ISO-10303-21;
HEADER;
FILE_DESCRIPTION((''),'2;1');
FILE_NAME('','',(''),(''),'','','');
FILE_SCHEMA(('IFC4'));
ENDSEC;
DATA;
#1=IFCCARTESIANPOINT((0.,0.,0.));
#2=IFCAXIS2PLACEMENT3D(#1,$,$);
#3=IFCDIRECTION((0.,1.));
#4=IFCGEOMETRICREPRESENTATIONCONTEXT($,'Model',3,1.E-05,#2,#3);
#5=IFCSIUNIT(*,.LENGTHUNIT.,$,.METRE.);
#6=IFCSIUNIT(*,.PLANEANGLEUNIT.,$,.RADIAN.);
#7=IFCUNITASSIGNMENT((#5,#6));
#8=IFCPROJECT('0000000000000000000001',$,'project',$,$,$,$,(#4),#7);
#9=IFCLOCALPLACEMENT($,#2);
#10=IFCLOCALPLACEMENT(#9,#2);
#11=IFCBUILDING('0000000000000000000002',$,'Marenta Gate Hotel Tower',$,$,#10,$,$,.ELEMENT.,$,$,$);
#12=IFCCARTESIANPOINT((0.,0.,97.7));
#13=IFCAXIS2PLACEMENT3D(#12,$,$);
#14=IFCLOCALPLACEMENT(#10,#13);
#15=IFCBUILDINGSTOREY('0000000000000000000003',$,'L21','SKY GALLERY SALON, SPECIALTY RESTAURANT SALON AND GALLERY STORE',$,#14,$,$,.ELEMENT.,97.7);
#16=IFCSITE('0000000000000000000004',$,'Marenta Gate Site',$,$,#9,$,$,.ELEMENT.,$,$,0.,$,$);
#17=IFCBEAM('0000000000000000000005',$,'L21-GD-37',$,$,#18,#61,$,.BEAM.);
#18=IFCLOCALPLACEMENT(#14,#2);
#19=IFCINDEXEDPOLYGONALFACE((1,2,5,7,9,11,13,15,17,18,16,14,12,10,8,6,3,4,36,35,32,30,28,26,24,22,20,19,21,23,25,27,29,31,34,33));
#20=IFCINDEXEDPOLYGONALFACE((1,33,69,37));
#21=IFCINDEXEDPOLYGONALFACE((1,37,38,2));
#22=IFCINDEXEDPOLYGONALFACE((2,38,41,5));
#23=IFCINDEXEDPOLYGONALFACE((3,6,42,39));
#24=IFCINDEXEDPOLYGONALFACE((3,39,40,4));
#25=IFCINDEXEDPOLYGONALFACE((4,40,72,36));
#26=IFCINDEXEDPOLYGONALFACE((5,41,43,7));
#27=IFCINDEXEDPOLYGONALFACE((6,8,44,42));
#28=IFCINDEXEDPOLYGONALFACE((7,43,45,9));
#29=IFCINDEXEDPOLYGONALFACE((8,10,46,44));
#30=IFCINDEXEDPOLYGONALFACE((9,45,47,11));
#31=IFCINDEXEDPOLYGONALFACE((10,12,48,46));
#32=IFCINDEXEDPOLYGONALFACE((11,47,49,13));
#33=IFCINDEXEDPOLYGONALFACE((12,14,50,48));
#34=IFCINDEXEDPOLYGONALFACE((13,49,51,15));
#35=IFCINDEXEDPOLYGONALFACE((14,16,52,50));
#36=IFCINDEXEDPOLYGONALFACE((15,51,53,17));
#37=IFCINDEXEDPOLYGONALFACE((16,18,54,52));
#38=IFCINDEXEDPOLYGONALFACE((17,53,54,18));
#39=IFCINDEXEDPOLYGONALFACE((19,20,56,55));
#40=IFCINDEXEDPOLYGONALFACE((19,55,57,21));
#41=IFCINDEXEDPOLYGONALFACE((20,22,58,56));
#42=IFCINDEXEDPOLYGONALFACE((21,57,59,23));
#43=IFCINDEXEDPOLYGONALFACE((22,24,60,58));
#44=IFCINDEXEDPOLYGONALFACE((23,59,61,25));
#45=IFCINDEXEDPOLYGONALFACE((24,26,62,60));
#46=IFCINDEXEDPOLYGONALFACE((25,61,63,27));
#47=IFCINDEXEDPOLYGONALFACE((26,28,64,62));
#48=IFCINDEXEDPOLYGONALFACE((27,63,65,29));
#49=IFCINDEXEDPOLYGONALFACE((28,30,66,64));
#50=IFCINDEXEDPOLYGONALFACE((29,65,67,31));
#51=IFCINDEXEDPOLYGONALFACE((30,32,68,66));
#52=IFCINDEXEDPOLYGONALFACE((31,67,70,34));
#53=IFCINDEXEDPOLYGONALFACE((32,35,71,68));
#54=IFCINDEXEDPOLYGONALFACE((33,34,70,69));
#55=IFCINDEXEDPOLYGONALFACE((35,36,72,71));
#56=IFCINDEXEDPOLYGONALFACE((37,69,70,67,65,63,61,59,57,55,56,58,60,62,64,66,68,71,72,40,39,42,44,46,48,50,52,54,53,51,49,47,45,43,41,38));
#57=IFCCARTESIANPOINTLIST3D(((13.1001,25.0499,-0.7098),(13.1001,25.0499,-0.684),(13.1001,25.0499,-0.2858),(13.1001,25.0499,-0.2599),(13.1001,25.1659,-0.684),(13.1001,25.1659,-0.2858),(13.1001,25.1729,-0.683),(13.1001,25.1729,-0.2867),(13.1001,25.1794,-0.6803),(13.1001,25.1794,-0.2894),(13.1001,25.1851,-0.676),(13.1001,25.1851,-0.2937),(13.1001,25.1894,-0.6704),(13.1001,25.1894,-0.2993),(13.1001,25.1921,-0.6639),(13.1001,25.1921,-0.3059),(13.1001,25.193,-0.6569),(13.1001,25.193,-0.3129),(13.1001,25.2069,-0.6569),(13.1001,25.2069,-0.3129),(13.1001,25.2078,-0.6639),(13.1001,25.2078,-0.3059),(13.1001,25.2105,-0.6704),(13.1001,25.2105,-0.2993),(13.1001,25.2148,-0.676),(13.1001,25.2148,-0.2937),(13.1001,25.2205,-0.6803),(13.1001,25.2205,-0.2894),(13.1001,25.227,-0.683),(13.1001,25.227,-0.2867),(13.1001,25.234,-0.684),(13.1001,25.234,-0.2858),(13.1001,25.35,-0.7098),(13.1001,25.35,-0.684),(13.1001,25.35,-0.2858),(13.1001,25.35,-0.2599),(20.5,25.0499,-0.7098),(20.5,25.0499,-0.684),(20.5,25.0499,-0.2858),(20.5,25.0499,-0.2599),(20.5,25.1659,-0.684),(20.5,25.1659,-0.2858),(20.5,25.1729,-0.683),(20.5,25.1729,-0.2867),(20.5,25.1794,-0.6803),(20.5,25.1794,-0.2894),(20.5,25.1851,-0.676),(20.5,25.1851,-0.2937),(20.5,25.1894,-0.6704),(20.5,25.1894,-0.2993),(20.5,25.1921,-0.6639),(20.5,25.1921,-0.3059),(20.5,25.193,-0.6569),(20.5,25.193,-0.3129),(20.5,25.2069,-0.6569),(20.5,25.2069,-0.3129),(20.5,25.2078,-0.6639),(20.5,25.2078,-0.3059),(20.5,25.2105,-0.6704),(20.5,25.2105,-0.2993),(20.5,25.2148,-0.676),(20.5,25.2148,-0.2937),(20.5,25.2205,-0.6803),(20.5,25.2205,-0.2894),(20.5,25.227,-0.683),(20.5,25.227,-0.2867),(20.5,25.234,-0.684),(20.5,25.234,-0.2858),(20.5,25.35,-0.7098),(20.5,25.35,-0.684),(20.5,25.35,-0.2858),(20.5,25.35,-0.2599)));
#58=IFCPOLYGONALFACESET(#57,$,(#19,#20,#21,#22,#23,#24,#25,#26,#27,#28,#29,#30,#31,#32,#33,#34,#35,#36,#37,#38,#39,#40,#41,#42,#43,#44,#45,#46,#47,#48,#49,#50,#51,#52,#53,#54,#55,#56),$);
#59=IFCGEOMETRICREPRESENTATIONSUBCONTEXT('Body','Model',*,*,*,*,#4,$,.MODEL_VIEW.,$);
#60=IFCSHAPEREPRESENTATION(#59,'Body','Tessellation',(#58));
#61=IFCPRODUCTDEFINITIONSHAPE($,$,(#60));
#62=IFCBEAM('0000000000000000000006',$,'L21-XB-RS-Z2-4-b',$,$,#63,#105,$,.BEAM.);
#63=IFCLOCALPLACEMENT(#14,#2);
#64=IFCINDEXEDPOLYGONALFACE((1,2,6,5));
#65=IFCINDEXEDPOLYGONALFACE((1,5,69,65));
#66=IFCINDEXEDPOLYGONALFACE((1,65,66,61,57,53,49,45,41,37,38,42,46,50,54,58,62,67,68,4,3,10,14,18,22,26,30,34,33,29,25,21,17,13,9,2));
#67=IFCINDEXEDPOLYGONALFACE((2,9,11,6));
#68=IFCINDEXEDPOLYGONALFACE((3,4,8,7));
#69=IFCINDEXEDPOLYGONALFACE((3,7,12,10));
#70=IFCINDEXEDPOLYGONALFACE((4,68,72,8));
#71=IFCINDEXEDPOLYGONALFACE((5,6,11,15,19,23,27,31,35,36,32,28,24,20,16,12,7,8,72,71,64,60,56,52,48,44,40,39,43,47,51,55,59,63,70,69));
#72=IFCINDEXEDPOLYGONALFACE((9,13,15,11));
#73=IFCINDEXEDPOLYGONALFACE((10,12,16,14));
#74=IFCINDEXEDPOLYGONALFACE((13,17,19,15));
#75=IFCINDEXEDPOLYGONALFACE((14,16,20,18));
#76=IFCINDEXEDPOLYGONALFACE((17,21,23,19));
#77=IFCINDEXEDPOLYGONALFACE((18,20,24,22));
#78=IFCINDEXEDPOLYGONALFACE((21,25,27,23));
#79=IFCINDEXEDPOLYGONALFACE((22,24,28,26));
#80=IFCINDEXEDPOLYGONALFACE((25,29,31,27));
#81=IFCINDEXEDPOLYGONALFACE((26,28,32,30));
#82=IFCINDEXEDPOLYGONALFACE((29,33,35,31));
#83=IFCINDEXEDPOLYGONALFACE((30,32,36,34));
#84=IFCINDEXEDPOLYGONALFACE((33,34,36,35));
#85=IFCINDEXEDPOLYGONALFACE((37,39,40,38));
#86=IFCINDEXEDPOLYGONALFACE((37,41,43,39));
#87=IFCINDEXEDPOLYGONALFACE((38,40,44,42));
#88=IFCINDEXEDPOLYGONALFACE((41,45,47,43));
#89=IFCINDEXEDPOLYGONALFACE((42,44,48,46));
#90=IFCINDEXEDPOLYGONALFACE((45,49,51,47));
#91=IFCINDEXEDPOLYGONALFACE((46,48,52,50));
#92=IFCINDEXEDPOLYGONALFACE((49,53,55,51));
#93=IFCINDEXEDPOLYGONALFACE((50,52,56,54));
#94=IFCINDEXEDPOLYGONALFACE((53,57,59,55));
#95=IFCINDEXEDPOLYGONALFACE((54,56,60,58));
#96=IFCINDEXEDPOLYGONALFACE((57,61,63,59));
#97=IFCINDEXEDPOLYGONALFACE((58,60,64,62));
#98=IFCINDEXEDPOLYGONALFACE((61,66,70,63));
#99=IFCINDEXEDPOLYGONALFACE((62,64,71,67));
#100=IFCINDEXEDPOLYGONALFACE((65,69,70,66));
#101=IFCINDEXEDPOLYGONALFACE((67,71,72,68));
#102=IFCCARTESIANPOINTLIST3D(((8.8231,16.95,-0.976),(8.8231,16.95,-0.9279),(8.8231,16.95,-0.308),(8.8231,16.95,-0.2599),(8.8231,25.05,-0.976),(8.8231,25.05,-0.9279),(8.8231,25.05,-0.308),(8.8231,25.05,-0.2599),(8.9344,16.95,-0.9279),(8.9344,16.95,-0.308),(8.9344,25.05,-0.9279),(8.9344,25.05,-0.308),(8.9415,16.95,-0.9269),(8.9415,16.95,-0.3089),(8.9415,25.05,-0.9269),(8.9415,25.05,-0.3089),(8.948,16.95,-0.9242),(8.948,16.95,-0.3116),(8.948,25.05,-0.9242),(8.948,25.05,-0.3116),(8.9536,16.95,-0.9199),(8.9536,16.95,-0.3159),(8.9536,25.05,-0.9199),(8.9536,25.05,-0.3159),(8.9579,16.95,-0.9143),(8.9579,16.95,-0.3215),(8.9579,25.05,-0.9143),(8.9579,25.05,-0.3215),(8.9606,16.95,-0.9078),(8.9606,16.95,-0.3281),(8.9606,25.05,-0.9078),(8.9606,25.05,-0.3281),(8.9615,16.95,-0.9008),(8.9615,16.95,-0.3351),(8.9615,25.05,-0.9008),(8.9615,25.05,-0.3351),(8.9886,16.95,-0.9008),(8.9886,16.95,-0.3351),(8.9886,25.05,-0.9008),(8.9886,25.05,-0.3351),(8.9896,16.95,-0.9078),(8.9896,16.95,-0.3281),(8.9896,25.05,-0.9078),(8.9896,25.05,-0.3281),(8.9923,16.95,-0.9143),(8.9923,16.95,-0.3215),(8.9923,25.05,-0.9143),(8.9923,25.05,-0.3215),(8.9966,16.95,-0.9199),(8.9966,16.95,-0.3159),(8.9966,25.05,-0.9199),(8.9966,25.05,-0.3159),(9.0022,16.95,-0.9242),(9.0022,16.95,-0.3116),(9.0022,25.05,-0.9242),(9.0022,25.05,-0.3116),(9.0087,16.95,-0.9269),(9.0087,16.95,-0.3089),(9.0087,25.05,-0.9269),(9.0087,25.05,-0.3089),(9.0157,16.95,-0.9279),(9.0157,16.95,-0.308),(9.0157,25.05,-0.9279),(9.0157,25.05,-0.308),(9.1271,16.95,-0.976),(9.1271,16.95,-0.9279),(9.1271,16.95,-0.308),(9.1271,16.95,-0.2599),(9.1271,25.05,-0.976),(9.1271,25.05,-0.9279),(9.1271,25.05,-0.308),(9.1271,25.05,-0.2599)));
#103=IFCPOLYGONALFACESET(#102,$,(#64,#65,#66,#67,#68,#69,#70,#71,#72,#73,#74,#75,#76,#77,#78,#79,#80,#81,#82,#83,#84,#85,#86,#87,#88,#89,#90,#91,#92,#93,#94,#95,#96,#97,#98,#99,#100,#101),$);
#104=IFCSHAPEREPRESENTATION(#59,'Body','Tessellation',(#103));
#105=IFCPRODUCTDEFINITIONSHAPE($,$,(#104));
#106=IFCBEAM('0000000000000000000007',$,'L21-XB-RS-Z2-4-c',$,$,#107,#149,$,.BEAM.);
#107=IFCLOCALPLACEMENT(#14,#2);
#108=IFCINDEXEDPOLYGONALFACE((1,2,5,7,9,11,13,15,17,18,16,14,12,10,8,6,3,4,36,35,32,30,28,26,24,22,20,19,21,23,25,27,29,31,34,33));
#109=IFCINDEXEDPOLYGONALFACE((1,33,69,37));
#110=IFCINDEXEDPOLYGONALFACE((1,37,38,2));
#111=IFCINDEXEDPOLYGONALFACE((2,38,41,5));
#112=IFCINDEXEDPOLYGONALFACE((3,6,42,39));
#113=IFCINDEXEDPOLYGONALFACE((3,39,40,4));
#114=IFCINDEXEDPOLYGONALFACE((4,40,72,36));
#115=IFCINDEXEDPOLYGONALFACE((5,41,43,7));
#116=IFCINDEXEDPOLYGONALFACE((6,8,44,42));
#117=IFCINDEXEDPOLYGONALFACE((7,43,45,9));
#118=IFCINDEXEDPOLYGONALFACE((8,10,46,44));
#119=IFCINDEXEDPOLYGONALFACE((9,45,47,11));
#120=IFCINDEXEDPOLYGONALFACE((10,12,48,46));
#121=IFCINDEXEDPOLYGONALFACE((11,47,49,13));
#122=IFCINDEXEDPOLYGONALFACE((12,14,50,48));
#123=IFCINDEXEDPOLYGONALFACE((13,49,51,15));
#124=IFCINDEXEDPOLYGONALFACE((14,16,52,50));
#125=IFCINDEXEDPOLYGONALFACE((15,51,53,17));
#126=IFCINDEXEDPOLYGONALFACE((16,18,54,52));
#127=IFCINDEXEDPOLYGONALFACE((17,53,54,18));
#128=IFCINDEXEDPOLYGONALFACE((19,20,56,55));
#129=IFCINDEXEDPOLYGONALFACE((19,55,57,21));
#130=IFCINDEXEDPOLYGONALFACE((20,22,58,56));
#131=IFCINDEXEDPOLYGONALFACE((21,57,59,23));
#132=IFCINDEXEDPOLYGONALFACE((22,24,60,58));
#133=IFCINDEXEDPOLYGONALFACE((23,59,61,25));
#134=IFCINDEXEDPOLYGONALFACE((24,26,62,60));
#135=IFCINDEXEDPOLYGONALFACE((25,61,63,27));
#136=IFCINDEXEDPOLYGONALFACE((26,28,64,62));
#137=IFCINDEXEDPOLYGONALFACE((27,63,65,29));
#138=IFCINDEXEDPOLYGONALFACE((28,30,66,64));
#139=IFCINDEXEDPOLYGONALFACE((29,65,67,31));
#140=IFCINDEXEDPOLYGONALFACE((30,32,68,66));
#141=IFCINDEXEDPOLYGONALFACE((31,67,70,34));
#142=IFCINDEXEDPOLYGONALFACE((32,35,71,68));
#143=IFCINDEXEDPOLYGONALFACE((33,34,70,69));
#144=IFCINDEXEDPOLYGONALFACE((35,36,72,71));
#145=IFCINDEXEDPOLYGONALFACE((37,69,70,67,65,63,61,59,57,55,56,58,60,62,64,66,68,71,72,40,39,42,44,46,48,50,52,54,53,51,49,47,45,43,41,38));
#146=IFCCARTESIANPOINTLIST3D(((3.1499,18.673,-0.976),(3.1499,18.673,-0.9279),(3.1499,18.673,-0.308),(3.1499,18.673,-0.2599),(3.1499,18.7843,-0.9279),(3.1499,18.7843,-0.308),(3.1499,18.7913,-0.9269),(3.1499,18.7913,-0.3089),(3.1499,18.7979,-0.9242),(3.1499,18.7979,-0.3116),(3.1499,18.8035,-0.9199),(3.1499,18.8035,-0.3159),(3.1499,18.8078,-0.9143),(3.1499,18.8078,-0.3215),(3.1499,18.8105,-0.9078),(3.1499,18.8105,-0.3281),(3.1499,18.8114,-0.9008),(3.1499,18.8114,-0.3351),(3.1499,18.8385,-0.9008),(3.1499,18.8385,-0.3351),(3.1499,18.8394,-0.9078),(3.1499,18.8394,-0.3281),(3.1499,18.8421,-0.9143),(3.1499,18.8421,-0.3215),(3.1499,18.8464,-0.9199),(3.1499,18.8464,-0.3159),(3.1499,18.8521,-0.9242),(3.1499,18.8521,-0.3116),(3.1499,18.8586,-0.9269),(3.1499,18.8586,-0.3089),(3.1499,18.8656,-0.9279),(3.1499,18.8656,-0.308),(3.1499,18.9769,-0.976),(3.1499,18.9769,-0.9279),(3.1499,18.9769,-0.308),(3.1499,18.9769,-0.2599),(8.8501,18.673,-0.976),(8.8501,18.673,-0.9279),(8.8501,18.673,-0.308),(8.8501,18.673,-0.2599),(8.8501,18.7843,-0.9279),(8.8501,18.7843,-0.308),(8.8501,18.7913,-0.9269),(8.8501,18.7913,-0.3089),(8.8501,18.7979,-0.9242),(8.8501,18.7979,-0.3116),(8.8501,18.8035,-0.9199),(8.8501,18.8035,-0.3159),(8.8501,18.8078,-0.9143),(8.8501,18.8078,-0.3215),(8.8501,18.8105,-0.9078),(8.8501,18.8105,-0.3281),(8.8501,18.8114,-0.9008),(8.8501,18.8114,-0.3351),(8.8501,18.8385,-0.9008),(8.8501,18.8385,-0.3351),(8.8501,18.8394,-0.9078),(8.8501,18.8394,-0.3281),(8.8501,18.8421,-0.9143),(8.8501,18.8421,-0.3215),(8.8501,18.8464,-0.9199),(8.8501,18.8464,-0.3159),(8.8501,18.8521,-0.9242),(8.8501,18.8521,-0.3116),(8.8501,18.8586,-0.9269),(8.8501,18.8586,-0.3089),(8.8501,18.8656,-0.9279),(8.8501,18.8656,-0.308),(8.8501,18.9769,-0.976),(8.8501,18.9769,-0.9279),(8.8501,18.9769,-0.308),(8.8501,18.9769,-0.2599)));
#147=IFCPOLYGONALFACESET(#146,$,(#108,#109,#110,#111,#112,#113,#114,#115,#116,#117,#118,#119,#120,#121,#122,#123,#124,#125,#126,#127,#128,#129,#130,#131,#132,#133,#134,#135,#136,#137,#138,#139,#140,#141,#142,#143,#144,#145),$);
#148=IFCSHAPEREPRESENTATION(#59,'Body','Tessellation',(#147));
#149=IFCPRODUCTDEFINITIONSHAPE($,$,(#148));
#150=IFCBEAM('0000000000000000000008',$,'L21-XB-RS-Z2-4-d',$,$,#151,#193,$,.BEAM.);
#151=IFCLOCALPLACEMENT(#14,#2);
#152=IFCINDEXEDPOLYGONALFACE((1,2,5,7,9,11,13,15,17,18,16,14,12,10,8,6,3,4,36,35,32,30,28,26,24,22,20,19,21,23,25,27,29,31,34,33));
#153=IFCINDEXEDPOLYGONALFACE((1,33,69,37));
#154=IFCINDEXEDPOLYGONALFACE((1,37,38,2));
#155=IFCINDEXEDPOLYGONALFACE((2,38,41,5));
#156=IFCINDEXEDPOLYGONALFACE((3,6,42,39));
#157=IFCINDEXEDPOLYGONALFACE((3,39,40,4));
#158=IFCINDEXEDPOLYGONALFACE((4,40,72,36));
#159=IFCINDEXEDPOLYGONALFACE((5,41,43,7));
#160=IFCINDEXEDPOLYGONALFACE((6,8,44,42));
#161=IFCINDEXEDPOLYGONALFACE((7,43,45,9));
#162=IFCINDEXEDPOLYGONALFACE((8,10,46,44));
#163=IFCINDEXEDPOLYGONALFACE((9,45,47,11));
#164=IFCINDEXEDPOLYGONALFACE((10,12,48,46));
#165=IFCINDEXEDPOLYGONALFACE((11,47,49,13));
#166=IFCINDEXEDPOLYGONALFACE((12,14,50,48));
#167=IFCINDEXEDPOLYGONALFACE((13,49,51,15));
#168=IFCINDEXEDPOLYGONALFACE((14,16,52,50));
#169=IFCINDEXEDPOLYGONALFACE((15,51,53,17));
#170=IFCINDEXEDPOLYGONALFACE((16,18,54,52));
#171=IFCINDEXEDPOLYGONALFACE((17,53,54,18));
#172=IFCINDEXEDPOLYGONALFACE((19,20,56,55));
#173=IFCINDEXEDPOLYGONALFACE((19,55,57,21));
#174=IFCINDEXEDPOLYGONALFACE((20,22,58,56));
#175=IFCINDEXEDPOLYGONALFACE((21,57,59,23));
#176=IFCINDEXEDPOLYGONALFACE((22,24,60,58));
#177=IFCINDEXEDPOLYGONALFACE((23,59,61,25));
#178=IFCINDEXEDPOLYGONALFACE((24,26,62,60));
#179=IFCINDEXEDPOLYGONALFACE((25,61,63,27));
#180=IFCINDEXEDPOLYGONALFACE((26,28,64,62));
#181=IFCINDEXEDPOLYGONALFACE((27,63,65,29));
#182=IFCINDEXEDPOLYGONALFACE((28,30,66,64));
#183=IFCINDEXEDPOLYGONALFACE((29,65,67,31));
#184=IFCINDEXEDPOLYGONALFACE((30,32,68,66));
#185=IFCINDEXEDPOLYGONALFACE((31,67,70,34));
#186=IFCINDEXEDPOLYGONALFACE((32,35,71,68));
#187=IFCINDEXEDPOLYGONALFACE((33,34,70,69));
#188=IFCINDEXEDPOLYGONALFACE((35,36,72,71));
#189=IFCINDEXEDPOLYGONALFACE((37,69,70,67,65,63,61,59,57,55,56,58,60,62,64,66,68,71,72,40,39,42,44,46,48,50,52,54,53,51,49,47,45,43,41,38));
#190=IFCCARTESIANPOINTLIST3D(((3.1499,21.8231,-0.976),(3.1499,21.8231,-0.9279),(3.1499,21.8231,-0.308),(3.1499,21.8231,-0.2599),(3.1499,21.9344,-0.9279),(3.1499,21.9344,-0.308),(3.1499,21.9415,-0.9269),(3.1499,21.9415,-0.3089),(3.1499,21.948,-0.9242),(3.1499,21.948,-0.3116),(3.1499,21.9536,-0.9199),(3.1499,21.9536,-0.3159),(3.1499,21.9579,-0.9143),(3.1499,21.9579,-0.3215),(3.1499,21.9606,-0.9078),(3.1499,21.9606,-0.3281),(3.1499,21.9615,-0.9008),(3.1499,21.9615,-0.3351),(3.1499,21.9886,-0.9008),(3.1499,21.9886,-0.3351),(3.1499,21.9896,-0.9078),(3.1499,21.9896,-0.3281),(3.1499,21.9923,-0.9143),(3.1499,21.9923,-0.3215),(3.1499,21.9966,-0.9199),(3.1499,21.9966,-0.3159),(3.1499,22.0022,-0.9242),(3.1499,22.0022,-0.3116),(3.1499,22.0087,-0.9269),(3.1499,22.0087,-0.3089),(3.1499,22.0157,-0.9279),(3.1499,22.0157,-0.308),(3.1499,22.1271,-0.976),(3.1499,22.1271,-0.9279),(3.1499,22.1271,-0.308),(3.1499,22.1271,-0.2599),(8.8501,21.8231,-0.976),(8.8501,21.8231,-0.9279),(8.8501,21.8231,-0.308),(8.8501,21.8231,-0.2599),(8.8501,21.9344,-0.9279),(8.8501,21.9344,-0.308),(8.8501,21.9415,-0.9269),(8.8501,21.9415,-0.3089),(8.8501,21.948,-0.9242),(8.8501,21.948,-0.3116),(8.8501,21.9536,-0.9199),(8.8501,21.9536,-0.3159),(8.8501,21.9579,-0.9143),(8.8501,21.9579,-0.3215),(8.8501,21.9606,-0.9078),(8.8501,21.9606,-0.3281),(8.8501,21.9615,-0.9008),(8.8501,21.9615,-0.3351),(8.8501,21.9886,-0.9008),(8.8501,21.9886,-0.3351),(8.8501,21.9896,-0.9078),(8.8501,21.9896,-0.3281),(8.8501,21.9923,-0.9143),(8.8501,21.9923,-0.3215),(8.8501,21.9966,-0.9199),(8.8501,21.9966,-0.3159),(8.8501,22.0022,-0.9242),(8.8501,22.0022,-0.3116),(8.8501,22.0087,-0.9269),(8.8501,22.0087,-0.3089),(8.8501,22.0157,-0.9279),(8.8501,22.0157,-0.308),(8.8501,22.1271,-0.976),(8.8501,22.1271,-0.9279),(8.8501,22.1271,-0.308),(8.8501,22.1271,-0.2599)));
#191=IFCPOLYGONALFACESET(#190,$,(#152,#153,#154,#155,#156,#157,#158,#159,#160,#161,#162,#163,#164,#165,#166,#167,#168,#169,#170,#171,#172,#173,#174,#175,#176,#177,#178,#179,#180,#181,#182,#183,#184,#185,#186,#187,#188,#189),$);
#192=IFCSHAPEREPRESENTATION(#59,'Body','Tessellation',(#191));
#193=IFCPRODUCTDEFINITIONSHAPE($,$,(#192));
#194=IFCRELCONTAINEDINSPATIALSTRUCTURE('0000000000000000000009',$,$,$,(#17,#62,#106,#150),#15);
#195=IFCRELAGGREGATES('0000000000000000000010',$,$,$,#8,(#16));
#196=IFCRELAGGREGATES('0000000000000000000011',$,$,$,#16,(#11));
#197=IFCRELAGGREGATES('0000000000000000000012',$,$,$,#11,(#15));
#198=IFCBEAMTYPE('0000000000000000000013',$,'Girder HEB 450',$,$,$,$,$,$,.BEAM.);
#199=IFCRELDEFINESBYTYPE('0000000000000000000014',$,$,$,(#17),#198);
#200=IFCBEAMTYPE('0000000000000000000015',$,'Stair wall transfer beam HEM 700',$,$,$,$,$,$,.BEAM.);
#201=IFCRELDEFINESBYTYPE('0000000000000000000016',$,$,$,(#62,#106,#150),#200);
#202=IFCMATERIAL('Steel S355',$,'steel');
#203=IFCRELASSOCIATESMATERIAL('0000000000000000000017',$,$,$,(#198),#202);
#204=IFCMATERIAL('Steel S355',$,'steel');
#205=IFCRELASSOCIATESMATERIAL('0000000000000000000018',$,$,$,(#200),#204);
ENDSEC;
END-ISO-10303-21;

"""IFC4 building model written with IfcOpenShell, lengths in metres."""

from ifc_helpers import new_model, si_unit, direction, frame, origin, origin_2d, place, context, subcontext, project, spatial, i_section, extrude, material, material_profile, profile_set, type_object, element, save


model = new_model("IFC4")

# Units and contexts
model_context = context("Model", 3, precision=1e-05, world=origin(), true_north=direction((0.0, 1.0)))
body_context = subcontext(model_context, "Body", "Model", "MODEL_VIEW")
ifc_project = project(units=[si_unit("LENGTHUNIT", "METRE"), si_unit("PLANEANGLEUNIT", "RADIAN")], contexts=[model_context])

# Site, building, storey
site_placement = place(None, origin())
site = spatial("IfcSite", under=ifc_project, at=site_placement, Name="Marenta Gate Site", CompositionType="ELEMENT", RefElevation=0.0)
building_placement = place(site_placement, origin())
building = spatial("IfcBuilding", under=site, at=building_placement, Name="Marenta Gate Hotel Tower", CompositionType="ELEMENT")
storey_placement = place(building_placement, frame((0.0, 0.0, 97.7)))
storey = spatial("IfcBuildingStorey", under=building, at=storey_placement, Name="L21", Description="SKY GALLERY SALON, SPECIALTY RESTAURANT SALON AND GALLERY STORE", CompositionType="ELEMENT", Elevation=97.7)

# Beams
ifc_material_1 = material(Name="Steel S355", Category="steel")
ifc_material_profile_1 = material_profile(ifc_material_1, i_section(OverallWidth=0.3, OverallDepth=0.45, WebThickness=0.0139, FlangeThickness=0.0259, FilletRadius=0.0271, at=origin_2d()), Name="HEB 450")
ifc_profile_set_1 = profile_set([ifc_material_profile_1], Name="Steel S355")
beam_type_1 = type_object("IfcBeamType", Name="Girder HEB 450", PredefinedType="BEAM", material=ifc_profile_set_1)
beam_1_placement = place(storey_placement, frame((13.1001, 25.2, -0.4849), z_axis=(1.0, 0.0, 0.0), x_axis=(0.0, 1.0, 0.0)))
element("IfcBeam", 1, at=beam_1_placement, inside=storey, type_object=beam_type_1, Name="L21-GD-37", PredefinedType="BEAM", context=body_context, shape_type="SweptSolid", body=[
    extrude(i_section(OverallWidth=0.3, OverallDepth=0.45, WebThickness=0.0139, FlangeThickness=0.0259, FilletRadius=0.0271, at=origin_2d()), origin(), (0.0, 0.0, 1.0), 7.3999),
])
ifc_material_2 = material(Name="Steel S355", Category="steel")
ifc_material_profile_2 = material_profile(ifc_material_2, i_section(OverallWidth=0.304, OverallDepth=0.7161, WebThickness=0.0271, FlangeThickness=0.0481, FilletRadius=0.0271, at=origin_2d()), Name="HEM 700")
ifc_profile_set_2 = profile_set([ifc_material_profile_2], Name="Steel S355")
beam_type_2 = type_object("IfcBeamType", Name="Stair wall transfer beam HEM 700", PredefinedType="BEAM", material=ifc_profile_set_2)
beam_2_placement = place(storey_placement, frame((8.9751, 16.95, -0.6179), z_axis=(0.0, 1.0, 0.0), x_axis=(-1.0, 0.0, 0.0)))
element("IfcBeam", 2, at=beam_2_placement, inside=storey, type_object=beam_type_2, Name="L21-XB-RS-Z2-4-b", PredefinedType="BEAM", context=body_context, shape_type="SweptSolid", body=[
    extrude(i_section(OverallWidth=0.304, OverallDepth=0.7161, WebThickness=0.0271, FlangeThickness=0.0481, FilletRadius=0.0271, at=origin_2d()), origin(), (0.0, 0.0, 1.0), 8.1001),
])
for number, where, z_axis, x_axis, name in (
    (3, (3.1499, 18.825, -0.6179), (1.0, 0.0, 0.0), (0.0, 1.0, 0.0), "L21-XB-RS-Z2-4-c"),
    (4, (3.1499, 21.9751, -0.6179), (1.0, 0.0, 0.0), (0.0, 1.0, 0.0), "L21-XB-RS-Z2-4-d"),
):
    element("IfcBeam", number, at=place(storey_placement, frame(where, z_axis=z_axis, x_axis=x_axis)), inside=storey, type_object=beam_type_2, Name=name, PredefinedType="BEAM", context=body_context, shape_type="SweptSolid", body=[
        extrude(i_section(OverallWidth=0.304, OverallDepth=0.7161, WebThickness=0.0271, FlangeThickness=0.0481, FilletRadius=0.0271, at=origin_2d()), origin(), (0.0, 0.0, 1.0), 5.7002),
    ])

save(model, "model.ifc")
